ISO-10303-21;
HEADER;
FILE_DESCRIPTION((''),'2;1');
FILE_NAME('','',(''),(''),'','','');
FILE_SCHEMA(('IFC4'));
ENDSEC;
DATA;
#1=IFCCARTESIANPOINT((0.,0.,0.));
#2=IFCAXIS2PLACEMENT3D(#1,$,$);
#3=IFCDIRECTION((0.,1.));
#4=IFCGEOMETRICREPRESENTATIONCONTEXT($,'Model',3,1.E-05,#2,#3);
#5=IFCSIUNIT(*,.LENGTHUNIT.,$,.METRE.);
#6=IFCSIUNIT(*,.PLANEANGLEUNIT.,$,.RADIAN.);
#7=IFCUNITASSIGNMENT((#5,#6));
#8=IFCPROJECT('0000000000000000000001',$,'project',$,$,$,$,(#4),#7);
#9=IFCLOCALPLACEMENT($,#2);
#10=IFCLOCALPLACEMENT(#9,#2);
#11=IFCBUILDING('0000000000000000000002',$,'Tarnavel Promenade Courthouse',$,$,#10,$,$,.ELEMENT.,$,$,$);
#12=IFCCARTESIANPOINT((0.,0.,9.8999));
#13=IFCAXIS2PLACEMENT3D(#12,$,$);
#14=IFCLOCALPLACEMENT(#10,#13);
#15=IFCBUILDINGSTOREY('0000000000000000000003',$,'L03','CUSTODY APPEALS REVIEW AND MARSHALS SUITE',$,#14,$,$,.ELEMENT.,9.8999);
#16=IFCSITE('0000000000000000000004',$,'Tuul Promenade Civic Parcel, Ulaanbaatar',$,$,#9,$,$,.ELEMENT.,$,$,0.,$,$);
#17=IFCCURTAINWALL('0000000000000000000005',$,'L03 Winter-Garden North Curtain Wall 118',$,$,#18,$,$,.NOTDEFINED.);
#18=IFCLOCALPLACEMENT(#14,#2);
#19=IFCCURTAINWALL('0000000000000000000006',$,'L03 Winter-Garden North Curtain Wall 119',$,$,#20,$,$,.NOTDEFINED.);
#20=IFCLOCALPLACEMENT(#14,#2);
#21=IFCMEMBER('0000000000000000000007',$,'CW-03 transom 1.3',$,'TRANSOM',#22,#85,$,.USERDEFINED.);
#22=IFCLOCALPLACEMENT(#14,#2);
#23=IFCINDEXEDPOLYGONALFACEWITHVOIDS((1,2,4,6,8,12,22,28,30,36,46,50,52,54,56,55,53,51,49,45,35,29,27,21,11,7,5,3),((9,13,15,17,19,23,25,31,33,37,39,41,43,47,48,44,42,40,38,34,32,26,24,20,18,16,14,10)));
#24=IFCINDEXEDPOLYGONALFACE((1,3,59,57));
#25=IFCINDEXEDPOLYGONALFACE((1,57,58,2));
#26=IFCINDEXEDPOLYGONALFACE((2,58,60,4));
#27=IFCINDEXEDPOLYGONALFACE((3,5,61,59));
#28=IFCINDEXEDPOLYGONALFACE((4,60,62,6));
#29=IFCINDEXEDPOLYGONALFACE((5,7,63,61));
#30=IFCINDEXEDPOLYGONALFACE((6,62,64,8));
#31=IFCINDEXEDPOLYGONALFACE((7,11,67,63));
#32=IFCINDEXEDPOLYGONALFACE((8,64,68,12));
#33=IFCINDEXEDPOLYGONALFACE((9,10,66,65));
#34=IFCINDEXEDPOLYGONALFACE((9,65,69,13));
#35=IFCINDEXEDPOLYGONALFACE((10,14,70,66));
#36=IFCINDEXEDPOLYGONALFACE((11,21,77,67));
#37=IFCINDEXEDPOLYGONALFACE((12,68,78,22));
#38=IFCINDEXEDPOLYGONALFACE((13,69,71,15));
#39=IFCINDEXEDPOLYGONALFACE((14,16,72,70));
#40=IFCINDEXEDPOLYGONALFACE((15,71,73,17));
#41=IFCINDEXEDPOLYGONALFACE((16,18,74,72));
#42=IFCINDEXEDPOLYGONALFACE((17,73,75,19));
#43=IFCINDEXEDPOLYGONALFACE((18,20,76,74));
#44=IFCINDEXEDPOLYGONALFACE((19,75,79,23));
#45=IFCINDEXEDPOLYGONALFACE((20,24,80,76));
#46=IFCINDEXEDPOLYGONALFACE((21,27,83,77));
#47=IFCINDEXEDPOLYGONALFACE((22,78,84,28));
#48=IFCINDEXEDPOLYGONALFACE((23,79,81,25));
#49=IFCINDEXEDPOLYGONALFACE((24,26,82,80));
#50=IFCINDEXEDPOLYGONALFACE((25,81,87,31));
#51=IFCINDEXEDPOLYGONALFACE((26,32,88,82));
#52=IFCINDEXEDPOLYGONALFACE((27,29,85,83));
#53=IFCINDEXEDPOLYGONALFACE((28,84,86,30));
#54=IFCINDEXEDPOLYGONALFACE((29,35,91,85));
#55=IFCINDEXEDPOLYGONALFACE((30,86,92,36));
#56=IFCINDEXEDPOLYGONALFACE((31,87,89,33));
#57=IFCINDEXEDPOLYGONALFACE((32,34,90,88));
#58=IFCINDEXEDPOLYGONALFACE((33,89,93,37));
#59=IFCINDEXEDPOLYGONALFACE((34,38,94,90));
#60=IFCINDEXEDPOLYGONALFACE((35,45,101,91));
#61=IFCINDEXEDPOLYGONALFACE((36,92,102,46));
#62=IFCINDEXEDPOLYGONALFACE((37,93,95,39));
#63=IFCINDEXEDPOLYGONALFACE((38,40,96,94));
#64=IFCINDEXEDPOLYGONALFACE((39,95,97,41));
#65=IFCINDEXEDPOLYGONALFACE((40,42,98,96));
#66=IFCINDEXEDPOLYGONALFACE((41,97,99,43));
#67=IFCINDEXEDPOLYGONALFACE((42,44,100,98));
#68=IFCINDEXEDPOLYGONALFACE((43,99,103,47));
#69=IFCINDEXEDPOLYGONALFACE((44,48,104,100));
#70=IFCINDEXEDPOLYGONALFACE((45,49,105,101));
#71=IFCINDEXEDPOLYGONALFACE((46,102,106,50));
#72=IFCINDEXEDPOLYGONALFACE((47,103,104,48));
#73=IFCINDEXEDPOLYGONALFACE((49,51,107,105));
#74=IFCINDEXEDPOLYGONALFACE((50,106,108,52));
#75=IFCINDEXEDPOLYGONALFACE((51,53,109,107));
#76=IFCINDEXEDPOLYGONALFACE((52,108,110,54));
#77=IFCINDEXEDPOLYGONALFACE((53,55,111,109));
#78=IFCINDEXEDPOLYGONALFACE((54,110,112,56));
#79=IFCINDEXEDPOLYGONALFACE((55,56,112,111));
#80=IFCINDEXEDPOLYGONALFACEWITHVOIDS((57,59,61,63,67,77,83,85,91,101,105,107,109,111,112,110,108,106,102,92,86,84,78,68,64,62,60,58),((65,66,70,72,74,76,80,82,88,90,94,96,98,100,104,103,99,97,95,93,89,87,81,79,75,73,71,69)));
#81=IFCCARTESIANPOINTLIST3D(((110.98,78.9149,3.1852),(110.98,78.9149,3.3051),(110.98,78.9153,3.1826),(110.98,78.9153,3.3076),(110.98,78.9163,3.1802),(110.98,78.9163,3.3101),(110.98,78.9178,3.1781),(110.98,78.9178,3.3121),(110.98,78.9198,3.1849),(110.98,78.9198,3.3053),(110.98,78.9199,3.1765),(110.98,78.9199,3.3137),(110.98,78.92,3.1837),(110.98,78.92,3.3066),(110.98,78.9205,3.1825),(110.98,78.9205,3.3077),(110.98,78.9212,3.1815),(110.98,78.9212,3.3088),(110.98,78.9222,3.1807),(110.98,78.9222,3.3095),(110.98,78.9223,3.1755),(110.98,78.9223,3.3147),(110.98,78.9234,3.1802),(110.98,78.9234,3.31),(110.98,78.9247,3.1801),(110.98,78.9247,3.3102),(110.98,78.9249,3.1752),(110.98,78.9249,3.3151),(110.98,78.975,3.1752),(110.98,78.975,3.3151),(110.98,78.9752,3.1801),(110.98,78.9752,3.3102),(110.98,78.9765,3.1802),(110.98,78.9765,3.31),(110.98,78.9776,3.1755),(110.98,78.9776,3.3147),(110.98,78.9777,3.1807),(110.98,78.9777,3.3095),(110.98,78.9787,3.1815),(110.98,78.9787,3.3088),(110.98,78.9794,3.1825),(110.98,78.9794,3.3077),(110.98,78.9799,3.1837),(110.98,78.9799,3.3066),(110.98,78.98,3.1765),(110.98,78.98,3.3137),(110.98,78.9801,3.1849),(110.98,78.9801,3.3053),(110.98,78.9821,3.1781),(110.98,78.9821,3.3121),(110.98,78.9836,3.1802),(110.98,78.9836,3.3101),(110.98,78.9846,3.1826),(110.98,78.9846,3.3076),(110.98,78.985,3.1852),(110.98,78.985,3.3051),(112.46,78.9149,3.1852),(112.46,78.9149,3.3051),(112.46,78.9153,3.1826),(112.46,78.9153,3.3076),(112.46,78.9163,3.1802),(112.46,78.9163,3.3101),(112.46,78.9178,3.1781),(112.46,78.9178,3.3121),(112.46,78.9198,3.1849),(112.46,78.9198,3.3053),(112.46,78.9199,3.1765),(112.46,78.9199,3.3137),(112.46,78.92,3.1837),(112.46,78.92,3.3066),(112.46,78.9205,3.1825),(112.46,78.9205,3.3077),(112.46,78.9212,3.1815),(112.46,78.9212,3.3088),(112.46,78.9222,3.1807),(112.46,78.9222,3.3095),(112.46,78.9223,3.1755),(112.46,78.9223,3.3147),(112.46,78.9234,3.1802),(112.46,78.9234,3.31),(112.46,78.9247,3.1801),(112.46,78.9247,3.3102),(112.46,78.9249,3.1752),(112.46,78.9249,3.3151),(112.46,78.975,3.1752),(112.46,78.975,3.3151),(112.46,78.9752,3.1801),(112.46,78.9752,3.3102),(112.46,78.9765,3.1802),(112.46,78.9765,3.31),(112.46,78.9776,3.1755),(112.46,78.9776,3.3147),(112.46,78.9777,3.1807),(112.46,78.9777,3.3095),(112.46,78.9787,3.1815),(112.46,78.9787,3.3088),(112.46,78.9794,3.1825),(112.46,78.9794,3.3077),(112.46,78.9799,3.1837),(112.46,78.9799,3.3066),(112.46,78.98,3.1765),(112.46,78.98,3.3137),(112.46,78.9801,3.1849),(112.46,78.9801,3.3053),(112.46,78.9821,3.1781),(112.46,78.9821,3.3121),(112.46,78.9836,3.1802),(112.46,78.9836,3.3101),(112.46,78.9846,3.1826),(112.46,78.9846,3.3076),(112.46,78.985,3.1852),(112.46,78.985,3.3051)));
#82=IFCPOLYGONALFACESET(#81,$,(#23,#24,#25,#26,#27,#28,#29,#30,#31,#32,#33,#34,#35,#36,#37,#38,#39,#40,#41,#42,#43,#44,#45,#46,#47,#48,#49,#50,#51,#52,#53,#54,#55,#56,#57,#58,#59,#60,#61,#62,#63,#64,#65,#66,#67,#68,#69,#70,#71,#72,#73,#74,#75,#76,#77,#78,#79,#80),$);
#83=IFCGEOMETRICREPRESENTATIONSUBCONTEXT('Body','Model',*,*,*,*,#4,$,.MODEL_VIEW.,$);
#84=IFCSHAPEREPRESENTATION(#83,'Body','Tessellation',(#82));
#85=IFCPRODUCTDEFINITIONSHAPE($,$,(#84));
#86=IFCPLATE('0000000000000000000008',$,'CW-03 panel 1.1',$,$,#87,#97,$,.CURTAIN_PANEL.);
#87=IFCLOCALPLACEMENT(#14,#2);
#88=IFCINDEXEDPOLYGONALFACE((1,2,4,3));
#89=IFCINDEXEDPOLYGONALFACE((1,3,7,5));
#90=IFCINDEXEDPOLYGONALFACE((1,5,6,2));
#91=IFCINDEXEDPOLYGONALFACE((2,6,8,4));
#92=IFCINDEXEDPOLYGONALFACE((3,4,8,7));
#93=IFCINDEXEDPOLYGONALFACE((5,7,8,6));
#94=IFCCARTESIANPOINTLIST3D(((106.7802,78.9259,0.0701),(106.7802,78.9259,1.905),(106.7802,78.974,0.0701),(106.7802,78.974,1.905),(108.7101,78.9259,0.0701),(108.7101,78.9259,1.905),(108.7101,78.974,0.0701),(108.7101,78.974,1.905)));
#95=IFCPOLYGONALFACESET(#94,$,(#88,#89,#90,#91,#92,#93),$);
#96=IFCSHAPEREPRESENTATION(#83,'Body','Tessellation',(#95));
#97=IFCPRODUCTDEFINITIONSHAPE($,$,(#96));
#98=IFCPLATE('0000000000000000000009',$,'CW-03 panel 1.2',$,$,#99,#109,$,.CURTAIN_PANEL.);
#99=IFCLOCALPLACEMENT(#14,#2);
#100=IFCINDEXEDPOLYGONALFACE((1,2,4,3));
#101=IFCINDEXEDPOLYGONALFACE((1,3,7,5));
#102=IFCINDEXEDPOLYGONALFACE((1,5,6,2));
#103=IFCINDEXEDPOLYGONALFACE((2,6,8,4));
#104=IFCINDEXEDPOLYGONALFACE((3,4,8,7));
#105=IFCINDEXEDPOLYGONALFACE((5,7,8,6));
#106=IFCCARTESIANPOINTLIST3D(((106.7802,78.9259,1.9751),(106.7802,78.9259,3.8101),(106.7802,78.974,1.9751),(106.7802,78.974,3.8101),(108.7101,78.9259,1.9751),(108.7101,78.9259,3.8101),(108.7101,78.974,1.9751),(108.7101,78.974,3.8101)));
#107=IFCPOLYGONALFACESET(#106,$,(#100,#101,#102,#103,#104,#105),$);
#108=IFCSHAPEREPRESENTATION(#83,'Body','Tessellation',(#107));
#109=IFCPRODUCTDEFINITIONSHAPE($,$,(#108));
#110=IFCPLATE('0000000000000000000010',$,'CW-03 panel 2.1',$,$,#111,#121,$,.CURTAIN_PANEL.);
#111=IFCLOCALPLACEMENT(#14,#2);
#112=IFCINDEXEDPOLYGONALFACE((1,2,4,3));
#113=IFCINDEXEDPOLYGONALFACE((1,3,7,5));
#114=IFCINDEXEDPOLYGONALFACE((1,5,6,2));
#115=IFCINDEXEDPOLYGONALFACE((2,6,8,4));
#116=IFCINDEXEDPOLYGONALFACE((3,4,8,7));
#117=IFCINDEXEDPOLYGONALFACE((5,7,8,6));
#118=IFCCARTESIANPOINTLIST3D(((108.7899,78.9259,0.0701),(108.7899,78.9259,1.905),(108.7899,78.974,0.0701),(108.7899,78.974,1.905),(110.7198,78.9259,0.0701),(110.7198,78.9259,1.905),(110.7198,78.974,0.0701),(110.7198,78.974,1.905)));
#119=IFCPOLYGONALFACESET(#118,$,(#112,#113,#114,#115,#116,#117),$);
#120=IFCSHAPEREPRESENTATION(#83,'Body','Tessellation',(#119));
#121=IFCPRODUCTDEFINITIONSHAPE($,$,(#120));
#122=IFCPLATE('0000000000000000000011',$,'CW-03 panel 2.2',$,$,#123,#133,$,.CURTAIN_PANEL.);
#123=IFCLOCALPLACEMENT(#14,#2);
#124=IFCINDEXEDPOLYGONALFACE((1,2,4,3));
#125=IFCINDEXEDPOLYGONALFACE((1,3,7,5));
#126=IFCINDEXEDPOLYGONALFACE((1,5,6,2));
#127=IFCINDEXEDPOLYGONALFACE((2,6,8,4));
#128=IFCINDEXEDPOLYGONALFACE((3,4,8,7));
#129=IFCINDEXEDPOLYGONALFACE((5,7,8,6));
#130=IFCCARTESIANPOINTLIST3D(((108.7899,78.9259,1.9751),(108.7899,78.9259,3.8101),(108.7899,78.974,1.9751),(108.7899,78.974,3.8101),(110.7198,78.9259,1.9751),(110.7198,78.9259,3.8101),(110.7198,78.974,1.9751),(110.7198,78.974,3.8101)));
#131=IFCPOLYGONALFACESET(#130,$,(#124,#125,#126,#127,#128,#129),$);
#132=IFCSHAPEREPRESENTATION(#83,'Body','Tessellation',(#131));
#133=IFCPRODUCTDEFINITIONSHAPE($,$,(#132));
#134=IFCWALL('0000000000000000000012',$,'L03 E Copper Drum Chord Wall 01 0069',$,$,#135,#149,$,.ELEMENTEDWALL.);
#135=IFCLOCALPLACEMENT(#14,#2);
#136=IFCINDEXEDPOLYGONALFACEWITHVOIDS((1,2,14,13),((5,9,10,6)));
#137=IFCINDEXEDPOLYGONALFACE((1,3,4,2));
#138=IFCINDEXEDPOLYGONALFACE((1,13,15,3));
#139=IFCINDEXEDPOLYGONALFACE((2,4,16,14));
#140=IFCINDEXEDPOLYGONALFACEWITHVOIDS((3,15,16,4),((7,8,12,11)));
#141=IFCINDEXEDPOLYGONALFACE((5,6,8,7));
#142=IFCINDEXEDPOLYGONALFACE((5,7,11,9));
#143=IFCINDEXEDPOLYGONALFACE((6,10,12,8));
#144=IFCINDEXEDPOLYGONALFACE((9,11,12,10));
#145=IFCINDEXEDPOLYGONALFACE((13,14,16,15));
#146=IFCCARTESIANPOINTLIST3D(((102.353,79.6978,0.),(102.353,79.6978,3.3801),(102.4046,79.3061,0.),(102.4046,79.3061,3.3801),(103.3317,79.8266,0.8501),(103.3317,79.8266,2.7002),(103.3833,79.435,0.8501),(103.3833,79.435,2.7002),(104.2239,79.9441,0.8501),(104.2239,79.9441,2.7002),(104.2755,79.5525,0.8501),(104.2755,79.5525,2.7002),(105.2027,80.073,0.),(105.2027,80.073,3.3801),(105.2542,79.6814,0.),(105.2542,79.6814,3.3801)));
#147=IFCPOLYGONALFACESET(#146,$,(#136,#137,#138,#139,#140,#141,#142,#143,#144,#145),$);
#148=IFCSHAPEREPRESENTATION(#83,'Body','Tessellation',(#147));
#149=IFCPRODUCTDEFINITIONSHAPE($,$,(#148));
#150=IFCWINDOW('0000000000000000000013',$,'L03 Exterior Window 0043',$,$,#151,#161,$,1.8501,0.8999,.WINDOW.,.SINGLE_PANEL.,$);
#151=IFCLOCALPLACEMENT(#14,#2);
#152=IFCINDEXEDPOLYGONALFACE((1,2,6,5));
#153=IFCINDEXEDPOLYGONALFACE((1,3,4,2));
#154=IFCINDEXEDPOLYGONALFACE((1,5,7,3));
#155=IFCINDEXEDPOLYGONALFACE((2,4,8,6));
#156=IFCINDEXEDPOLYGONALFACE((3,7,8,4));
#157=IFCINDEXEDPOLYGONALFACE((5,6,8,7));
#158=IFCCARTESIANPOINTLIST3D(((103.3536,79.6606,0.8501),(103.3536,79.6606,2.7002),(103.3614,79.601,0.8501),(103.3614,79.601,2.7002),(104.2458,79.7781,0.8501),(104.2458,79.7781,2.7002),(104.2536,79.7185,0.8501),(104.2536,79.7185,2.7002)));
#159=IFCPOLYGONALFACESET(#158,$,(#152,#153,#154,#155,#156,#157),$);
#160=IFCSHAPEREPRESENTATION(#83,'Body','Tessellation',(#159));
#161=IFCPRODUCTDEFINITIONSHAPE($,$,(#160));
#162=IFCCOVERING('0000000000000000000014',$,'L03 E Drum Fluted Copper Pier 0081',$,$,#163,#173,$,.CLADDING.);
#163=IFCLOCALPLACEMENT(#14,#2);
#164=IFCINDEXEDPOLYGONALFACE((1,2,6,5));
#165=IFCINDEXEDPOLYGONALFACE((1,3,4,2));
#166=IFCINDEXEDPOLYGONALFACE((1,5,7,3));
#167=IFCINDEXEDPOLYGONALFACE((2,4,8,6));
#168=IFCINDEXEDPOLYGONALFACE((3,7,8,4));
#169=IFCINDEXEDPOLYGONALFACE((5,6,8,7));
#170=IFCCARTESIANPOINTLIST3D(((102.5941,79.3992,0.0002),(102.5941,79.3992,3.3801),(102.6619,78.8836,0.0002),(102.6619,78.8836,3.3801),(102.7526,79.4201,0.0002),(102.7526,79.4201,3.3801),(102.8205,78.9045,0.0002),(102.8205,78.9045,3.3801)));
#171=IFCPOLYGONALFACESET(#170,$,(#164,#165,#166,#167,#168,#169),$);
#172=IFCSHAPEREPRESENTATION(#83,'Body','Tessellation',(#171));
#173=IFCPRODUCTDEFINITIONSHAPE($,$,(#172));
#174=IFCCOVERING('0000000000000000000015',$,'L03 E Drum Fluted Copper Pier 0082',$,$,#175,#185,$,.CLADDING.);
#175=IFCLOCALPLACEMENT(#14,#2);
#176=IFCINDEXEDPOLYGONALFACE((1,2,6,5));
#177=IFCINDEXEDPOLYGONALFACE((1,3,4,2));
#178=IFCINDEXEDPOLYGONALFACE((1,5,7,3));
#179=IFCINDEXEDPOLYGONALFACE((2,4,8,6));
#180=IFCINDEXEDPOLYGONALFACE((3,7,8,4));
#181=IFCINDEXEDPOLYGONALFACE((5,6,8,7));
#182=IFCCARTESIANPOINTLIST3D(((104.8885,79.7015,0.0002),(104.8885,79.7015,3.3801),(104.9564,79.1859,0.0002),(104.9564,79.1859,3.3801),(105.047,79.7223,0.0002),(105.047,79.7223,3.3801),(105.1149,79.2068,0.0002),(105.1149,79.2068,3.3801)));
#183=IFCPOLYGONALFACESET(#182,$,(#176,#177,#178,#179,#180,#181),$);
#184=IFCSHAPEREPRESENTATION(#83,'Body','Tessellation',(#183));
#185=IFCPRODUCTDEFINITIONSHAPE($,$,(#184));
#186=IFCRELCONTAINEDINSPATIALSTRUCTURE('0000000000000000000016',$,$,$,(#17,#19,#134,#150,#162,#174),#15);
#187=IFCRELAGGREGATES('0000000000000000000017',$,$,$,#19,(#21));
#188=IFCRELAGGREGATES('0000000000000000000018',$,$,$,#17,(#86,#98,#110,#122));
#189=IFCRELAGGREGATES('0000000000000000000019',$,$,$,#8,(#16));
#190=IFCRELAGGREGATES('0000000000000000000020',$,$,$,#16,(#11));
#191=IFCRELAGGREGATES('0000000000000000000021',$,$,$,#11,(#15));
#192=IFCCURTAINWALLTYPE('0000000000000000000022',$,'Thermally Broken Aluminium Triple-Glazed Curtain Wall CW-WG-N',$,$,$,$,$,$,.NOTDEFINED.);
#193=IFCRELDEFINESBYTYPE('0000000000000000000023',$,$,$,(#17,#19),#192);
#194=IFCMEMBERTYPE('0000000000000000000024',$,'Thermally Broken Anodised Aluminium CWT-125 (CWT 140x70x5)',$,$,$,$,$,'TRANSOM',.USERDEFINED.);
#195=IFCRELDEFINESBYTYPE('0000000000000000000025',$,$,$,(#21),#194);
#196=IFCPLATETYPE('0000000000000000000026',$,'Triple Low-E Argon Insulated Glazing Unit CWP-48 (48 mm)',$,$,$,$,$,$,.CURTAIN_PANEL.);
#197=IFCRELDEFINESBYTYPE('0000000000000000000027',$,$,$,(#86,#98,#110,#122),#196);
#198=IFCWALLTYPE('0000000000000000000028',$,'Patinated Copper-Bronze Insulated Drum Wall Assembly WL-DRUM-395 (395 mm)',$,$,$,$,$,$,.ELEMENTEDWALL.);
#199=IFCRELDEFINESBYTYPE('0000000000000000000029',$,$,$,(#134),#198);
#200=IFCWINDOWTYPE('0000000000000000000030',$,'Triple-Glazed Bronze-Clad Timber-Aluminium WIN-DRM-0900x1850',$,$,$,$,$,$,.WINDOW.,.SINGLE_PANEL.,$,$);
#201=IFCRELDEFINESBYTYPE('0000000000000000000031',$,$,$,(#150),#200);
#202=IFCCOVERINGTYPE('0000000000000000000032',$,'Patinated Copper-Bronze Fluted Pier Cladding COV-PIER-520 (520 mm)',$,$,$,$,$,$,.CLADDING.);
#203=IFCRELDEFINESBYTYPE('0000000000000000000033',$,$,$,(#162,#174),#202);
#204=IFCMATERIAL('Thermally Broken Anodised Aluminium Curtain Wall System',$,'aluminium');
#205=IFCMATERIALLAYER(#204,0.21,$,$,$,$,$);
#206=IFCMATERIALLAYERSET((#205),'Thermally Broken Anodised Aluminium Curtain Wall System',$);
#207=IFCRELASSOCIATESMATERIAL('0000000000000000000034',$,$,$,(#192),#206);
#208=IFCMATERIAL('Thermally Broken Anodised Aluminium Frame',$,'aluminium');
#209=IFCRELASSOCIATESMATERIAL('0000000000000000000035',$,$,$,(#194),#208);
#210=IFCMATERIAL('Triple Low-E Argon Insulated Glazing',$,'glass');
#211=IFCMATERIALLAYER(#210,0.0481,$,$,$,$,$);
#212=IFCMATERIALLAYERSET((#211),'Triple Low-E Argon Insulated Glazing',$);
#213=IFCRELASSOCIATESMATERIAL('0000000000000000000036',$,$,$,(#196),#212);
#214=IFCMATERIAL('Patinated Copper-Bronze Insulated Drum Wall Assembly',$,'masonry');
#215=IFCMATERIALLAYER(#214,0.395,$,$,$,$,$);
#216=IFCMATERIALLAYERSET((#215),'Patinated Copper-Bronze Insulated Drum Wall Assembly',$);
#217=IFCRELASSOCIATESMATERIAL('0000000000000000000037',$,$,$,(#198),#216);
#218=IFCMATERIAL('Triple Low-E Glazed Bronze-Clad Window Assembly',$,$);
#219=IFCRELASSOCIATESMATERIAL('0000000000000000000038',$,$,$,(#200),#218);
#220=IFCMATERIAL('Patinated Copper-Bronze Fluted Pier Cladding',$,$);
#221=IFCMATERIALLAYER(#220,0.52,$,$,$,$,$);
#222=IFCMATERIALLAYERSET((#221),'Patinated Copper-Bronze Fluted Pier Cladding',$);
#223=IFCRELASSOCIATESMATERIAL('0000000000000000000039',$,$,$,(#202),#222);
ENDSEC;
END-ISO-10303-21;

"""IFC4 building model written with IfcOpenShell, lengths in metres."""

from ifc_helpers import new_model, si_unit, direction, frame, frame_2d, origin, origin_2d, place, context, subcontext, project, spatial, rectangle, hollow_rectangle, extrude, material, layer, layer_set, material_profile, profile_set, type_object, element, fill, aggregate, save


model = new_model("IFC4")

# Units and contexts
model_context = context("Model", 3, precision=1e-05, world=origin(), true_north=direction((0.0, 1.0)))
body_context = subcontext(model_context, "Body", "Model", "MODEL_VIEW")
ifc_project = project(units=[si_unit("LENGTHUNIT", "METRE"), si_unit("PLANEANGLEUNIT", "RADIAN")], contexts=[model_context])

# Site, building, storey
site_placement = place(None, origin())
site = spatial("IfcSite", under=ifc_project, at=site_placement, Name="Tuul Promenade Civic Parcel, Ulaanbaatar", CompositionType="ELEMENT", RefElevation=0.0)
building_placement = place(site_placement, origin())
building = spatial("IfcBuilding", under=site, at=building_placement, Name="Tarnavel Promenade Courthouse", CompositionType="ELEMENT")
storey_placement = place(building_placement, frame((0.0, 0.0, 9.8999)))
storey = spatial("IfcBuildingStorey", under=building, at=storey_placement, Name="L03", Description="CUSTODY APPEALS REVIEW AND MARSHALS SUITE", CompositionType="ELEMENT", Elevation=9.8999)

# Curtain wall
ifc_material_1 = material(Name="Thermally Broken Anodised Aluminium Curtain Wall System", Category="aluminium")
ifc_layer_1 = layer(ifc_material_1, 0.21)
ifc_layer_set_1 = layer_set([ifc_layer_1], Name="Thermally Broken Anodised Aluminium Curtain Wall System")
curtain_wall_type = type_object("IfcCurtainWallType", Name="Thermally Broken Aluminium Triple-Glazed Curtain Wall CW-WG-N", PredefinedType="NOTDEFINED", material=ifc_layer_set_1)
curtain_wall_1_placement = place(storey_placement, origin())
curtain_wall_1 = element("IfcCurtainWall", 1, at=curtain_wall_1_placement, inside=storey, type_object=curtain_wall_type, Name="L03 Winter-Garden North Curtain Wall 118", PredefinedType="NOTDEFINED")
ifc_material_2 = material(Name="Thermally Broken Anodised Aluminium Frame", Category="aluminium")

# Curtain wall
curtain_wall_2_placement = place(storey_placement, origin())
curtain_wall_2 = element("IfcCurtainWall", 2, at=curtain_wall_2_placement, inside=storey, type_object=curtain_wall_type, Name="L03 Winter-Garden North Curtain Wall 119", PredefinedType="NOTDEFINED")

# Member
ifc_material_profile_1 = material_profile(ifc_material_2, hollow_rectangle(XDim=0.0701, YDim=0.1399, WallThickness=0.0049, InnerFilletRadius=0.0049, OuterFilletRadius=0.01, at=origin_2d()), Name="CWT 140x70x5")
ifc_profile_set_1 = profile_set([ifc_material_profile_1], Name="Thermally Broken Anodised Aluminium Frame")
member_type_1 = type_object("IfcMemberType", Name="Thermally Broken Anodised Aluminium CWT-125 (CWT 140x70x5)", ElementType="TRANSOM", PredefinedType="USERDEFINED", material=ifc_profile_set_1)
member_1_placement = place(storey_placement, frame((110.98, 78.95, 3.2451), z_axis=(1.0, 0.0, 0.0), x_axis=(0.0, 1.0, 0.0)))
member_1 = element("IfcMember", 3, at=member_1_placement, type_object=member_type_1, Name="CW-03 transom 1.3", ObjectType="TRANSOM", PredefinedType="USERDEFINED", context=body_context, shape_type="SweptSolid", body=[
    extrude(hollow_rectangle(XDim=0.0701, YDim=0.1399, WallThickness=0.0049, InnerFilletRadius=0.0049, OuterFilletRadius=0.01, at=origin_2d()), origin(), (0.0, 0.0, 1.0), 1.48),
])
aggregate(curtain_wall_2, [member_1])

# Plates
ifc_material_3 = material(Name="Triple Low-E Argon Insulated Glazing", Category="glass")
ifc_layer_2 = layer(ifc_material_3, 0.0481)
ifc_layer_set_2 = layer_set([ifc_layer_2], Name="Triple Low-E Argon Insulated Glazing")
plate_type = type_object("IfcPlateType", Name="Triple Low-E Argon Insulated Glazing Unit CWP-48 (48 mm)", PredefinedType="CURTAIN_PANEL", material=ifc_layer_set_2)
plate_1_placement = place(storey_placement, frame((107.7451, 78.95, 0.0701), z_axis=(0.0, 0.0, 1.0), x_axis=(1.0, 0.0, 0.0)))
plate_1 = element("IfcPlate", 4, at=plate_1_placement, type_object=plate_type, Name="CW-03 panel 1.1", PredefinedType="CURTAIN_PANEL", context=body_context, shape_type="SweptSolid", body=[
    extrude(rectangle(XDim=1.9299, YDim=0.0481, at=origin_2d()), origin(), (0.0, 0.0, 1.0), 1.835),
])
plate_2_placement = place(storey_placement, frame((107.7451, 78.95, 1.9751), z_axis=(0.0, 0.0, 1.0), x_axis=(1.0, 0.0, 0.0)))
plate_2 = element("IfcPlate", 5, at=plate_2_placement, type_object=plate_type, Name="CW-03 panel 1.2", PredefinedType="CURTAIN_PANEL", context=body_context, shape_type="SweptSolid", body=[
    extrude(rectangle(XDim=1.9299, YDim=0.0481, at=origin_2d()), origin(), (0.0, 0.0, 1.0), 1.835),
])
plate_3_placement = place(storey_placement, frame((109.7549, 78.95, 0.0701), z_axis=(0.0, 0.0, 1.0), x_axis=(1.0, 0.0, 0.0)))
plate_3 = element("IfcPlate", 6, at=plate_3_placement, type_object=plate_type, Name="CW-03 panel 2.1", PredefinedType="CURTAIN_PANEL", context=body_context, shape_type="SweptSolid", body=[
    extrude(rectangle(XDim=1.9299, YDim=0.0481, at=origin_2d()), origin(), (0.0, 0.0, 1.0), 1.835),
])
plate_4_placement = place(storey_placement, frame((109.7549, 78.95, 1.9751), z_axis=(0.0, 0.0, 1.0), x_axis=(1.0, 0.0, 0.0)))
plate_4 = element("IfcPlate", 7, at=plate_4_placement, type_object=plate_type, Name="CW-03 panel 2.2", PredefinedType="CURTAIN_PANEL", context=body_context, shape_type="SweptSolid", body=[
    extrude(rectangle(XDim=1.9299, YDim=0.0481, at=origin_2d()), origin(), (0.0, 0.0, 1.0), 1.835),
])
aggregate(curtain_wall_1, [plate_1, plate_2, plate_3, plate_4])

# Wall, opening, window
ifc_material_4 = material(Name="Patinated Copper-Bronze Insulated Drum Wall Assembly", Category="masonry")
ifc_layer_3 = layer(ifc_material_4, 0.395)
ifc_layer_set_3 = layer_set([ifc_layer_3], Name="Patinated Copper-Bronze Insulated Drum Wall Assembly")
wall_type = type_object("IfcWallType", Name="Patinated Copper-Bronze Insulated Drum Wall Assembly WL-DRUM-395 (395 mm)", PredefinedType="ELEMENTEDWALL", material=ifc_layer_set_3)
wall_placement = place(storey_placement, frame((102.3789, 79.502, 0.0), z_axis=(0.0, 0.0, 1.0), x_axis=(0.991441, 0.130556, 0.0)))
wall = element("IfcWall", 8, at=wall_placement, inside=storey, type_object=wall_type, Name="L03 E Copper Drum Chord Wall 01 0069", PredefinedType="ELEMENTEDWALL", context=body_context, shape_type="SweptSolid", body=[
    extrude(rectangle(XDim=2.8743, YDim=0.395, at=frame_2d((1.437, 0.0))), origin(), (0.0, 0.0, 1.0), 3.3801),
])
opening_placement = place(wall_placement, frame((0.9871, 0.0, 0.8501)))
opening = element("IfcOpeningElement", 9, at=opening_placement, cuts=wall, PredefinedType="OPENING", context=body_context, shape_type="SweptSolid", body=[
    extrude(rectangle(XDim=0.8999, YDim=1.8501, at=frame_2d((0.45, 0.925))), frame((0.0, 0.2075, 0.0), z_axis=(0.0, -1.0, 0.0), x_axis=(1.0, 0.0, 0.0)), (0.0, 0.0, 1.0), 0.415),
])
ifc_material_5 = material(Name="Triple Low-E Glazed Bronze-Clad Window Assembly")
window_type = type_object("IfcWindowType", Name="Triple-Glazed Bronze-Clad Timber-Aluminium WIN-DRM-0900x1850", PartitioningType="SINGLE_PANEL", PredefinedType="WINDOW", material=ifc_material_5)
window_placement = place(opening_placement, origin())
window = element("IfcWindow", 10, at=window_placement, inside=storey, type_object=window_type, Name="L03 Exterior Window 0043", OverallHeight=1.8501, OverallWidth=0.8999, PartitioningType="SINGLE_PANEL", PredefinedType="WINDOW", context=body_context, shape_type="SweptSolid", body=[
    extrude(rectangle(XDim=0.8999, YDim=1.8501, at=frame_2d((0.45, 0.925))), frame((0.0, 0.03, 0.0), z_axis=(0.0, -1.0, 0.0), x_axis=(1.0, 0.0, 0.0)), (0.0, 0.0, 1.0), 0.0601),
])
fill(opening, window)

# Coverings
ifc_material_6 = material(Name="Patinated Copper-Bronze Fluted Pier Cladding")
ifc_layer_4 = layer(ifc_material_6, 0.52)
ifc_layer_set_4 = layer_set([ifc_layer_4], Name="Patinated Copper-Bronze Fluted Pier Cladding")
covering_type = type_object("IfcCoveringType", Name="Patinated Copper-Bronze Fluted Pier Cladding COV-PIER-520 (520 mm)", PredefinedType="CLADDING", material=ifc_layer_set_4)
for number, where, z_axis, x_axis, name in (
    (11, (102.7073, 79.1519, 0.0002), (0.0, 0.0, 1.0), (0.991445, 0.130526, 0.0), "L03 E Drum Fluted Copper Pier 0081"),
    (12, (105.0017, 79.4541, 0.0002), (0.0, 0.0, 1.0), (0.991445, 0.130526, 0.0), "L03 E Drum Fluted Copper Pier 0082"),
):
    element("IfcCovering", number, at=place(storey_placement, frame(where, z_axis=z_axis, x_axis=x_axis)), inside=storey, type_object=covering_type, Name=name, PredefinedType="CLADDING", context=body_context, shape_type="SweptSolid", body=[
        extrude(rectangle(XDim=0.1599, YDim=0.52, at=origin_2d()), origin(), (0.0, 0.0, 1.0), 3.3799),
    ])

save(model, "model.ifc")
